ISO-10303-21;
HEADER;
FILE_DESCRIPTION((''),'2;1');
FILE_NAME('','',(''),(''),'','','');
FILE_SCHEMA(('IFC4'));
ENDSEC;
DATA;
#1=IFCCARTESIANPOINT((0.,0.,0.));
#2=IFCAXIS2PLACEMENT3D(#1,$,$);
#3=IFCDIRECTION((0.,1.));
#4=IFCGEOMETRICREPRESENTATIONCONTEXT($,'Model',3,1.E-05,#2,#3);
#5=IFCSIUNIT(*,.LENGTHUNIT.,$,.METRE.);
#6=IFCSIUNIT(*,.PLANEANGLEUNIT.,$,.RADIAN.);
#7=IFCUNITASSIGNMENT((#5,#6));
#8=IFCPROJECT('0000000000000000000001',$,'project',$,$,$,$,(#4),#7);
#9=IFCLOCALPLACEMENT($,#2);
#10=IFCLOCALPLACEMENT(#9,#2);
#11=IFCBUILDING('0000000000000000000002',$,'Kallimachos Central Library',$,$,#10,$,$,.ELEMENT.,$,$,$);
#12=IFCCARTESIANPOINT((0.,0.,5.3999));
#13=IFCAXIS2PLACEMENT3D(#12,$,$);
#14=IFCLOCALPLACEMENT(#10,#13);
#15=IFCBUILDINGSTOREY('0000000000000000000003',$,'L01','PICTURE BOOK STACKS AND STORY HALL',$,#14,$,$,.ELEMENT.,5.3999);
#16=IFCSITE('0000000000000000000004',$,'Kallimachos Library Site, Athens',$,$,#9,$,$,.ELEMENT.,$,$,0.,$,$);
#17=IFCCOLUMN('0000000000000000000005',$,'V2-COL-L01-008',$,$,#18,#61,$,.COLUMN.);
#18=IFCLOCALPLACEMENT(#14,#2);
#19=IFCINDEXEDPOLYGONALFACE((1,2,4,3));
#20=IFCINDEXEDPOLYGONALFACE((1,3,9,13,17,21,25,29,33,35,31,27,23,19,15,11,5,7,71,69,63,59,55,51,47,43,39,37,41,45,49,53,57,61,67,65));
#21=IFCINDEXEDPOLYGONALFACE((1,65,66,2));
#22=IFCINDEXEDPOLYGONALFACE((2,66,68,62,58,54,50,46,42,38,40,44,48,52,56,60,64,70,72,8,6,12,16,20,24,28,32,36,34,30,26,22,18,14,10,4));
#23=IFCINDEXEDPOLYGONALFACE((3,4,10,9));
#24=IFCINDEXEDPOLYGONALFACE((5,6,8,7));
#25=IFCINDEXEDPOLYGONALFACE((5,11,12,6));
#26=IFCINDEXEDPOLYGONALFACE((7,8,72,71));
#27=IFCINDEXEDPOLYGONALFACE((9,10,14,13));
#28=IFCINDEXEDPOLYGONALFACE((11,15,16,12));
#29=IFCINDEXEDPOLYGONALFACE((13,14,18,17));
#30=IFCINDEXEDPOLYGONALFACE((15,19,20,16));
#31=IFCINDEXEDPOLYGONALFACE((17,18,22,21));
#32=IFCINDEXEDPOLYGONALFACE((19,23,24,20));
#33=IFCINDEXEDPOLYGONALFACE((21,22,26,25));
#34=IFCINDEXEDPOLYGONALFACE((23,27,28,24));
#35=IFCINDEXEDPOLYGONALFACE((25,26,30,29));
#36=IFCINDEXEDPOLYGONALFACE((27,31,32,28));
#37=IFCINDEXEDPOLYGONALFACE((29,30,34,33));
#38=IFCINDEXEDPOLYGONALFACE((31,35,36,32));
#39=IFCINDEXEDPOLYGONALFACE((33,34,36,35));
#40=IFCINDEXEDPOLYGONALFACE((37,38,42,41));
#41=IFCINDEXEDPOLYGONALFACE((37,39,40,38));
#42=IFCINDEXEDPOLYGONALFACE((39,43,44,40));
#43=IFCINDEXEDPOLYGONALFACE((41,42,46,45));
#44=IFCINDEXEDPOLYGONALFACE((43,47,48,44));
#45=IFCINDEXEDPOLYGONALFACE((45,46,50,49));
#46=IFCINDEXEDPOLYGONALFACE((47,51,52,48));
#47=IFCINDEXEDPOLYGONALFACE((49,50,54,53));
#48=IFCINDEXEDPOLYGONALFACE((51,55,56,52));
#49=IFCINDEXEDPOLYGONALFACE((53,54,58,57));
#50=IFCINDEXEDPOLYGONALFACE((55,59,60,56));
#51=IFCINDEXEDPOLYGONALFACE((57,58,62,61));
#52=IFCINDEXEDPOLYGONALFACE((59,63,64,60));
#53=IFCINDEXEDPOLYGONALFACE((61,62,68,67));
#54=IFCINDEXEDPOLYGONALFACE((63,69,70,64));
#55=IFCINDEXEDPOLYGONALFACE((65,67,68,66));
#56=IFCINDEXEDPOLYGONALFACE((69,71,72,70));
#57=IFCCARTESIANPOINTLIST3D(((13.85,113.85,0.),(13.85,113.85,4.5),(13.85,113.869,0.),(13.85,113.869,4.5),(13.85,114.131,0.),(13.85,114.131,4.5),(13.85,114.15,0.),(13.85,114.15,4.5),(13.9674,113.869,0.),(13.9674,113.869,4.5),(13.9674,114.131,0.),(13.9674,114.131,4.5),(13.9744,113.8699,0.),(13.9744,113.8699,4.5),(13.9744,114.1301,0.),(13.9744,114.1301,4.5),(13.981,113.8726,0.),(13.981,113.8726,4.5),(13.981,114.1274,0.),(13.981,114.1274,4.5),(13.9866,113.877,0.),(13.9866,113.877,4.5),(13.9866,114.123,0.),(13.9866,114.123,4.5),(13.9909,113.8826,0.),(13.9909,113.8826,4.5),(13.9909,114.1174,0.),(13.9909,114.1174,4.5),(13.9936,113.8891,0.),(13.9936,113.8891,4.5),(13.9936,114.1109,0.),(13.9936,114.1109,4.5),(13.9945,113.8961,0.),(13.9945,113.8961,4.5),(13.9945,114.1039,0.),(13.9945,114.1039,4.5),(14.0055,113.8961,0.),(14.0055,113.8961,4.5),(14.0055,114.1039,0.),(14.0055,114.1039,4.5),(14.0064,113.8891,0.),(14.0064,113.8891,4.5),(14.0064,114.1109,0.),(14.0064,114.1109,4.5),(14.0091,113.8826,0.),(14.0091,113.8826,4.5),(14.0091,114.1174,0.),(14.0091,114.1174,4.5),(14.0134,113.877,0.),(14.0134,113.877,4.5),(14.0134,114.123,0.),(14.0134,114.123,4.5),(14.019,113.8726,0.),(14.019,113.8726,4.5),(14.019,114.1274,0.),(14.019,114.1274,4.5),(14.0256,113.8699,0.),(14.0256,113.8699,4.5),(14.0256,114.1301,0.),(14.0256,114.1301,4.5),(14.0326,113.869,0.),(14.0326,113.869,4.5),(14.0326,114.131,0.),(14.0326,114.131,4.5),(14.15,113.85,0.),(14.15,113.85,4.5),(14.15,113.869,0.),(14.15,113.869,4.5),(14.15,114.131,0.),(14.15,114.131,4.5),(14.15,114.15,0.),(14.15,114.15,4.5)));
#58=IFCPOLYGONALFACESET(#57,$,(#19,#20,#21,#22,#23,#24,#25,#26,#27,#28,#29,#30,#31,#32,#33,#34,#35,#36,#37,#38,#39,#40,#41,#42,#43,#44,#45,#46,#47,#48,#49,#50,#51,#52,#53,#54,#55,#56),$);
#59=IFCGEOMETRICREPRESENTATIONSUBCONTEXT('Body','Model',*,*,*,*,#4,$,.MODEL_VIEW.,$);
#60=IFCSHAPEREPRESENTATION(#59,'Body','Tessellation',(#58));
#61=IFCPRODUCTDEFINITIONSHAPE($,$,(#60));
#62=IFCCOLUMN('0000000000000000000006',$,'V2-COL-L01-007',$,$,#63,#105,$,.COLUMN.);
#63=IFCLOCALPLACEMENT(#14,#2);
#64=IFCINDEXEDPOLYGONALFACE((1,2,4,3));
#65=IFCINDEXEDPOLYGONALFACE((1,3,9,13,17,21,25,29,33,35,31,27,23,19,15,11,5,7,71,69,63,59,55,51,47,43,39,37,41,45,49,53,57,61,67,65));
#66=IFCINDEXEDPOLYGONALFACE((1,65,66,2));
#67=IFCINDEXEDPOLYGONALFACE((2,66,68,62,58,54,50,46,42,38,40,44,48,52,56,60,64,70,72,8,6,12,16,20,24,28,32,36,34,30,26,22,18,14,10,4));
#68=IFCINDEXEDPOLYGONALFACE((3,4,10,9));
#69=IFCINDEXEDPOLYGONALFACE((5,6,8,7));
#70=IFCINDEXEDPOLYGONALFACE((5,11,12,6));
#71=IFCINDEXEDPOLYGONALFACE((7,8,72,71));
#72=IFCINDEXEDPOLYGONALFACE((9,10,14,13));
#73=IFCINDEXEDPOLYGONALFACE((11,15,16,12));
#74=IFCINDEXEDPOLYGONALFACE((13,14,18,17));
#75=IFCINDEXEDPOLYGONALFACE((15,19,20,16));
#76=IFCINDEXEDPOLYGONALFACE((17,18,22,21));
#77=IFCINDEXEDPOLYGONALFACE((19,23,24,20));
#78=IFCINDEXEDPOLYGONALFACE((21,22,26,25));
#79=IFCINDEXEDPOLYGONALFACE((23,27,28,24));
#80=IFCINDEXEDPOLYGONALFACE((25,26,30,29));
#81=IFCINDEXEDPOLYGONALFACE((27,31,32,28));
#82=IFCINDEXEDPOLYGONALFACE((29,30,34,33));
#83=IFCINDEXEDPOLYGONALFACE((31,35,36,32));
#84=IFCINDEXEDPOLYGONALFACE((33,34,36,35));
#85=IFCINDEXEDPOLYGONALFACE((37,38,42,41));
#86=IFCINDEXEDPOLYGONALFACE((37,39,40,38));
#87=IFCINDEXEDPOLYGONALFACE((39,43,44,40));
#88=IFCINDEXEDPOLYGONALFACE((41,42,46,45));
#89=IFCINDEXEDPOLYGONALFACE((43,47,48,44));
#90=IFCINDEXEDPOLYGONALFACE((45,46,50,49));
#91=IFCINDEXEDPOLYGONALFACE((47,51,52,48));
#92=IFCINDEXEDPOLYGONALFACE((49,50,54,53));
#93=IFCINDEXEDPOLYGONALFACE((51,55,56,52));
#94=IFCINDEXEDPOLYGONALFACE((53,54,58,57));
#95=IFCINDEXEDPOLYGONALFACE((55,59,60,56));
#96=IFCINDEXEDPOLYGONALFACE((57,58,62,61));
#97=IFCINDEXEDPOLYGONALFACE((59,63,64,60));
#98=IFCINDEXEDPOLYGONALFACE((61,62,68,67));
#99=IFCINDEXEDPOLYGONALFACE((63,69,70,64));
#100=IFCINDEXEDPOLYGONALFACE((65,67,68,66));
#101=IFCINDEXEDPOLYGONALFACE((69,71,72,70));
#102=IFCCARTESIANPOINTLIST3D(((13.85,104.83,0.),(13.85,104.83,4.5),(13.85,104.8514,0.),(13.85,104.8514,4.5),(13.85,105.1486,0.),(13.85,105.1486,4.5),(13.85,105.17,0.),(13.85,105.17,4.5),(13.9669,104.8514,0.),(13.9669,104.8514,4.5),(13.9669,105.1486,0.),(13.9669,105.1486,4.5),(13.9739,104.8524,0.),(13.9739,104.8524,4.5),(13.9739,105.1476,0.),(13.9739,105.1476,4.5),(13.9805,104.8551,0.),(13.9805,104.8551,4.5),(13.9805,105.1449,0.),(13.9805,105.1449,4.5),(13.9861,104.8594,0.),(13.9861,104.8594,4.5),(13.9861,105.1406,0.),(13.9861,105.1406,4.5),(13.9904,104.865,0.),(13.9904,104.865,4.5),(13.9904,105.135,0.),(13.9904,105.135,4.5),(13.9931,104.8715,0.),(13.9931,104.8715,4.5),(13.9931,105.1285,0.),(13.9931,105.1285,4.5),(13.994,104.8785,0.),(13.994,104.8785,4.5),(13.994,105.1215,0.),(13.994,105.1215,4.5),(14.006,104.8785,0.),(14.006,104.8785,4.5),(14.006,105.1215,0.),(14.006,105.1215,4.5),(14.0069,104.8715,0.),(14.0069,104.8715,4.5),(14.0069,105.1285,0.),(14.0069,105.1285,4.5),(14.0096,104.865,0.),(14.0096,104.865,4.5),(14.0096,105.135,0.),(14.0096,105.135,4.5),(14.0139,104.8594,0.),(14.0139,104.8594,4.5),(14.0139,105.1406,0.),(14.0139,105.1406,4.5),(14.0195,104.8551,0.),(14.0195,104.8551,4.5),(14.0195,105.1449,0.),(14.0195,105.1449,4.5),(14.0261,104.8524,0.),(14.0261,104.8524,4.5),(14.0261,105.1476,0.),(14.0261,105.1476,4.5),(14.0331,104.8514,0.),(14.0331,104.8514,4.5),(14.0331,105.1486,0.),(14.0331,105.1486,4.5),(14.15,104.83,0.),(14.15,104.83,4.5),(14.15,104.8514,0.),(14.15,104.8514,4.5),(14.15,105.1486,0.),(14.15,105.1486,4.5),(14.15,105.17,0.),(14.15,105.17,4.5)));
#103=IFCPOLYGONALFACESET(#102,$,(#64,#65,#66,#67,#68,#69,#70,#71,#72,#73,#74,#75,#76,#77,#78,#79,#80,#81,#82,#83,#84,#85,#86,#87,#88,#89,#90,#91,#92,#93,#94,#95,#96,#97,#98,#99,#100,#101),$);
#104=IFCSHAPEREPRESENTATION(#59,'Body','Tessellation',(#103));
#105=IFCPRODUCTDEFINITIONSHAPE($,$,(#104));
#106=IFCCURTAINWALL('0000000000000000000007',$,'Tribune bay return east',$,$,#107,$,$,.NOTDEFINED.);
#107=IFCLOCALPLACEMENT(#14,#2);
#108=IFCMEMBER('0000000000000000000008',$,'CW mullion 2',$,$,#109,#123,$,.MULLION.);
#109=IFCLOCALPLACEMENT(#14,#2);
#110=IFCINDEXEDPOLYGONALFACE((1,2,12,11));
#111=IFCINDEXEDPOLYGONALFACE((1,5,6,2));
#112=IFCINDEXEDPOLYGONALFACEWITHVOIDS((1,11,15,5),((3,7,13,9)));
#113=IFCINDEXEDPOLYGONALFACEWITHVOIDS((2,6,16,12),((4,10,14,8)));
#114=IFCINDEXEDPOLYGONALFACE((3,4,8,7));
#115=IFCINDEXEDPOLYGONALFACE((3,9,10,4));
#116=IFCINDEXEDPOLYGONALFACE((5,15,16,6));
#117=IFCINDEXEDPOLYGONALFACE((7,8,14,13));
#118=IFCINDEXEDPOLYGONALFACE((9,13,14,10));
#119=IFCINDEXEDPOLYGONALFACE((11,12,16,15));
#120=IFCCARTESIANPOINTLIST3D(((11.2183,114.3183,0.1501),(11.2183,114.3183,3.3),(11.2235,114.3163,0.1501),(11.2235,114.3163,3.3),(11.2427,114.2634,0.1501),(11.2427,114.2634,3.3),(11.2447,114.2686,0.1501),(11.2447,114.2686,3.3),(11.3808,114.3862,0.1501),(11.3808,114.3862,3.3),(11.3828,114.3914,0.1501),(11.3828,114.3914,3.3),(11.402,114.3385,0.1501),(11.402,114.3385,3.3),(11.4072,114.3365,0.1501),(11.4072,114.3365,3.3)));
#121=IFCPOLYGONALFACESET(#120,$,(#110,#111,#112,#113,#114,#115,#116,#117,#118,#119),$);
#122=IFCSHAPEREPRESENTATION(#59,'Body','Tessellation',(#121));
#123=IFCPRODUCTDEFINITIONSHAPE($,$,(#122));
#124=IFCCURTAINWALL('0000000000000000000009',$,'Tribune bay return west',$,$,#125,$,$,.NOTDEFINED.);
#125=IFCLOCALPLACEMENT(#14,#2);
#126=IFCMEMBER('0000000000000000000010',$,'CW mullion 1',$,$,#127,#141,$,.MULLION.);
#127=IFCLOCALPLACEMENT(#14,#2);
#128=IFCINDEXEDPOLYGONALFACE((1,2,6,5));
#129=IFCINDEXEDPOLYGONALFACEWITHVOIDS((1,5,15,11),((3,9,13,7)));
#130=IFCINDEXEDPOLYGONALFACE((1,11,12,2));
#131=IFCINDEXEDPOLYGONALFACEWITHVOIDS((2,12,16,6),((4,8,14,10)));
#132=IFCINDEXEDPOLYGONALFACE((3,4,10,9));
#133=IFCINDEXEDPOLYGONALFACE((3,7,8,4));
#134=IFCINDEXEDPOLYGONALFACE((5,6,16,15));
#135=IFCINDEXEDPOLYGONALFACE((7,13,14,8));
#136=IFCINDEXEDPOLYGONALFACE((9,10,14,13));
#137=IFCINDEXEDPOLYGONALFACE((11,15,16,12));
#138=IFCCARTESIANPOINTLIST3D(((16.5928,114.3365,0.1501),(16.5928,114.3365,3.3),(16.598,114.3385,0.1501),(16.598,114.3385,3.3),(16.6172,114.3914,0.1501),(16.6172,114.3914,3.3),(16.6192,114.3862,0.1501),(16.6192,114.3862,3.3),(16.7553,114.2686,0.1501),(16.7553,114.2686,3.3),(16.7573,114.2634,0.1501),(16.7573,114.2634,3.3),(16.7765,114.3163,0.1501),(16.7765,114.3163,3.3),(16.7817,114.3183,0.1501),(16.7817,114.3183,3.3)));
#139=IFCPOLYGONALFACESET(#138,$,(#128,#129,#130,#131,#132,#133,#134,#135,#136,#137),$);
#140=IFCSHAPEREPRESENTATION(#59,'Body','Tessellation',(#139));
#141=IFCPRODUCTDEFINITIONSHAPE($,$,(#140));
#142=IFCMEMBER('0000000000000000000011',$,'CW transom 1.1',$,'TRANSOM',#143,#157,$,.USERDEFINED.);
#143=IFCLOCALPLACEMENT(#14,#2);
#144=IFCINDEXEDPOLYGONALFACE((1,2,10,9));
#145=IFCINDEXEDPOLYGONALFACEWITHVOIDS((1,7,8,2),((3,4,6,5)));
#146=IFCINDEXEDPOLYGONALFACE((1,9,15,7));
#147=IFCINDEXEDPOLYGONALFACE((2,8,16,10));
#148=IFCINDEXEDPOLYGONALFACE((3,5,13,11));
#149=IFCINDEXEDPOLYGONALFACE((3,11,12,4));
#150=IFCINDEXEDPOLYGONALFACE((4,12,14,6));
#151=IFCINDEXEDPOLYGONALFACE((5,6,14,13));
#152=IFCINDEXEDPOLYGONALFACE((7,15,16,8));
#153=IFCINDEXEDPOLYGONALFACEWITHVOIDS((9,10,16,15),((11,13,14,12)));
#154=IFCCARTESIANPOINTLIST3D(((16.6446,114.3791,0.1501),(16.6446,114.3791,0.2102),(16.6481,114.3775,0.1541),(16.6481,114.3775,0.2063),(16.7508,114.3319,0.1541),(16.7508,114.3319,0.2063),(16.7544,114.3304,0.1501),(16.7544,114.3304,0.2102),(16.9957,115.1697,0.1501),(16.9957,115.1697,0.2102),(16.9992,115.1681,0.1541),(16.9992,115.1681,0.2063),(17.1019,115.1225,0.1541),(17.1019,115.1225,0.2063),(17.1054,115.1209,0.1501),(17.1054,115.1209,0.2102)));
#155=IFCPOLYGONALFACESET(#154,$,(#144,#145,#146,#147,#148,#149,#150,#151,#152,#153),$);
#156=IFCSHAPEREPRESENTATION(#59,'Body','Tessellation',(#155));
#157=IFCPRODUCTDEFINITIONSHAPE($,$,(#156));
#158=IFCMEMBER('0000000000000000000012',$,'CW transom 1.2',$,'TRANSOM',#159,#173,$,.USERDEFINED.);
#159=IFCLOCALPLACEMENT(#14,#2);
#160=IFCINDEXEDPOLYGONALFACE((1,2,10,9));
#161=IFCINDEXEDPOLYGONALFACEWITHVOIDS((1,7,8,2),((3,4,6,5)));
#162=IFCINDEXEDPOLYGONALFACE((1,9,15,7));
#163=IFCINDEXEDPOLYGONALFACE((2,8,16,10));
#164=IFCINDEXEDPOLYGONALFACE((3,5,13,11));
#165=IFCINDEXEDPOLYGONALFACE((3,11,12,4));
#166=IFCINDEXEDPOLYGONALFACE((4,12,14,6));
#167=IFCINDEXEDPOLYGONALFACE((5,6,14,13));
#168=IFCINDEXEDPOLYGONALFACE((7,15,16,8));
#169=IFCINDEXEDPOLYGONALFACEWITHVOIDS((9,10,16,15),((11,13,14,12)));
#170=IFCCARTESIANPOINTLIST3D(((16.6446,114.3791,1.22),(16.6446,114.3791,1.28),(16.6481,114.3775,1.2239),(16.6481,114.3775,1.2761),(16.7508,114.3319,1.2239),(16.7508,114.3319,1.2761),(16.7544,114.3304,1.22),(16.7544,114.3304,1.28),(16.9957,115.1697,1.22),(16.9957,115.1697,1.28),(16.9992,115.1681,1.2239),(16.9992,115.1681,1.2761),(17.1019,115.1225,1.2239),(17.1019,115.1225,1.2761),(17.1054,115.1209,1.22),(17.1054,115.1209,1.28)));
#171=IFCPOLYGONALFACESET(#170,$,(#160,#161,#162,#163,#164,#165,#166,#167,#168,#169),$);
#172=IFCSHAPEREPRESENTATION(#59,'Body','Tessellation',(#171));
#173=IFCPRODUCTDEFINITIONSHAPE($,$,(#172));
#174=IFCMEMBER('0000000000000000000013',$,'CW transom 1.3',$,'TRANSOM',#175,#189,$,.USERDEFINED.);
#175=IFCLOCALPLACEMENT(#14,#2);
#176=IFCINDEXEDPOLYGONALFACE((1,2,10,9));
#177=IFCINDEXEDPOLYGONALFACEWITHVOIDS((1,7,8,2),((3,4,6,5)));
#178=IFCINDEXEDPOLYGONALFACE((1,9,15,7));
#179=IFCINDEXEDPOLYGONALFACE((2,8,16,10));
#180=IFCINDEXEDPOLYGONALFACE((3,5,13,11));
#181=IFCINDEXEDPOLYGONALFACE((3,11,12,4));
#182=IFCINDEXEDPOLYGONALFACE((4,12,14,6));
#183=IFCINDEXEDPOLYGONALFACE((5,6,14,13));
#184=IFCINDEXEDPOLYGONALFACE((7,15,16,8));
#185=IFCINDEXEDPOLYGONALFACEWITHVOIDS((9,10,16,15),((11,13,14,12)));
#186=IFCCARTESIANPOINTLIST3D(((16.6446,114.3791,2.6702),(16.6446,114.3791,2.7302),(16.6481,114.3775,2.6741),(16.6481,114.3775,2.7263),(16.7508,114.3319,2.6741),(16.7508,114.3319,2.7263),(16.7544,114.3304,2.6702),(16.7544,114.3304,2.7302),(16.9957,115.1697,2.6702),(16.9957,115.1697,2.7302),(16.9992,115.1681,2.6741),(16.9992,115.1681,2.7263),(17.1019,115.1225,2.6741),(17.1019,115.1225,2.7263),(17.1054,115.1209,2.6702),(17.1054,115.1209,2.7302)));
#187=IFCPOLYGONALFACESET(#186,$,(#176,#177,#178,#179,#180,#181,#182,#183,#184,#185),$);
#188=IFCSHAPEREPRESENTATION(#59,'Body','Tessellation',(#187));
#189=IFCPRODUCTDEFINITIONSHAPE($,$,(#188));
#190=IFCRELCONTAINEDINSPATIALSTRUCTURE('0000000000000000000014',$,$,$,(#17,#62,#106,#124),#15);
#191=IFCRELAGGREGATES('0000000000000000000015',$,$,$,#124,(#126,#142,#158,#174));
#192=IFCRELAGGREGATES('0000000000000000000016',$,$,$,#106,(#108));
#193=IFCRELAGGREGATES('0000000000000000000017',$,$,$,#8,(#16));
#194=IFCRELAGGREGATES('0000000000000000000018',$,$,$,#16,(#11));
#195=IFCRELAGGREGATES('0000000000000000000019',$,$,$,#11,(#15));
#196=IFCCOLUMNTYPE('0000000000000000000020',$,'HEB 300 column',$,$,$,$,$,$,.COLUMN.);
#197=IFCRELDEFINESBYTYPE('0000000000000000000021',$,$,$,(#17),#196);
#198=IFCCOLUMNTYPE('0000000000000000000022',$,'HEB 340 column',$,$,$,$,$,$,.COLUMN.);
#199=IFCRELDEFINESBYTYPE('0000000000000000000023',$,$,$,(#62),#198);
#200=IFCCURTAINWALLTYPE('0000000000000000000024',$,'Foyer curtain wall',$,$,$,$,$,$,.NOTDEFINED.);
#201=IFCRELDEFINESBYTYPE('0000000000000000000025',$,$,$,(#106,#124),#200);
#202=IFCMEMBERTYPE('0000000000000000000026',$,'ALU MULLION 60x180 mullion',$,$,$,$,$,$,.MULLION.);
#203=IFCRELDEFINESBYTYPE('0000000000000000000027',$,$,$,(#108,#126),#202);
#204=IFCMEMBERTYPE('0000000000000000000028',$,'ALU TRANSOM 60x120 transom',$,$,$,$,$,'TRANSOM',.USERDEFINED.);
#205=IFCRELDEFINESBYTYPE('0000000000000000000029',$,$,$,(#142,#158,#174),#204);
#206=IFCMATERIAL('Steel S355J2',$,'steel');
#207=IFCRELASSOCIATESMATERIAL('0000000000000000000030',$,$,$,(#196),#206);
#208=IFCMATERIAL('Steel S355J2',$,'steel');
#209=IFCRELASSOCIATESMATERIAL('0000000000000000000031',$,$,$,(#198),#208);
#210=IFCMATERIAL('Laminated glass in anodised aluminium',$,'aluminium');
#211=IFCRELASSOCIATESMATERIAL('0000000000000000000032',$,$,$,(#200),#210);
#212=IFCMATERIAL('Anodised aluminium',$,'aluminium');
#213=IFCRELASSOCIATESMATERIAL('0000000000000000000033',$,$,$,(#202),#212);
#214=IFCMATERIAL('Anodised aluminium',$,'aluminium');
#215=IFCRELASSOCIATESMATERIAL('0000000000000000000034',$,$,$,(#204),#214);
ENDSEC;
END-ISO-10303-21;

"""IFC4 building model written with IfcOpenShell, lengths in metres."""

from ifc_helpers import new_model, si_unit, direction, frame, origin, origin_2d, place, context, subcontext, project, spatial, hollow_rectangle, i_section, extrude, material, material_profile, profile_set, type_object, element, aggregate, save


model = new_model("IFC4")

# Units and contexts
model_context = context("Model", 3, precision=1e-05, world=origin(), true_north=direction((0.0, 1.0)))
body_context = subcontext(model_context, "Body", "Model", "MODEL_VIEW")
ifc_project = project(units=[si_unit("LENGTHUNIT", "METRE"), si_unit("PLANEANGLEUNIT", "RADIAN")], contexts=[model_context])

# Site, building, storey
site_placement = place(None, origin())
site = spatial("IfcSite", under=ifc_project, at=site_placement, Name="Kallimachos Library Site, Athens", CompositionType="ELEMENT", RefElevation=0.0)
building_placement = place(site_placement, origin())
building = spatial("IfcBuilding", under=site, at=building_placement, Name="Kallimachos Central Library", CompositionType="ELEMENT")
storey_placement = place(building_placement, frame((0.0, 0.0, 5.3999)))
storey = spatial("IfcBuildingStorey", under=building, at=storey_placement, Name="L01", Description="PICTURE BOOK STACKS AND STORY HALL", CompositionType="ELEMENT", Elevation=5.3999)

# Columns
ifc_material_1 = material(Name="Steel S355J2", Category="steel")
ifc_material_profile_1 = material_profile(ifc_material_1, i_section(OverallWidth=0.3, OverallDepth=0.3, WebThickness=0.011, FlangeThickness=0.019, FilletRadius=0.0271, at=origin_2d()), Name="HEB 300")
ifc_profile_set_1 = profile_set([ifc_material_profile_1], Name="Steel S355J2")
column_type_1 = type_object("IfcColumnType", Name="HEB 300 column", PredefinedType="COLUMN", material=ifc_profile_set_1)
column_1_placement = place(storey_placement, frame((14.0, 114.0, 0.0), z_axis=(0.0, 0.0, 1.0), x_axis=(1.0, 0.0, 0.0)))
element("IfcColumn", 1, at=column_1_placement, inside=storey, type_object=column_type_1, Name="V2-COL-L01-008", PredefinedType="COLUMN", context=body_context, shape_type="SweptSolid", body=[
    extrude(i_section(OverallWidth=0.3, OverallDepth=0.3, WebThickness=0.011, FlangeThickness=0.019, FilletRadius=0.0271, at=origin_2d()), origin(), (0.0, 0.0, 1.0), 4.5),
])
ifc_material_2 = material(Name="Steel S355J2", Category="steel")
ifc_material_profile_2 = material_profile(ifc_material_2, i_section(OverallWidth=0.3, OverallDepth=0.3401, WebThickness=0.012, FlangeThickness=0.0215, FilletRadius=0.0271, at=origin_2d()), Name="HEB 340")
ifc_profile_set_2 = profile_set([ifc_material_profile_2], Name="Steel S355J2")
column_type_2 = type_object("IfcColumnType", Name="HEB 340 column", PredefinedType="COLUMN", material=ifc_profile_set_2)
column_2_placement = place(storey_placement, frame((14.0, 105.0, 0.0), z_axis=(0.0, 0.0, 1.0), x_axis=(1.0, 0.0, 0.0)))
element("IfcColumn", 2, at=column_2_placement, inside=storey, type_object=column_type_2, Name="V2-COL-L01-007", PredefinedType="COLUMN", context=body_context, shape_type="SweptSolid", body=[
    extrude(i_section(OverallWidth=0.3, OverallDepth=0.3401, WebThickness=0.012, FlangeThickness=0.0215, FilletRadius=0.0271, at=origin_2d()), origin(), (0.0, 0.0, 1.0), 4.5),
])

# Curtain wall, member
ifc_material_3 = material(Name="Laminated glass in anodised aluminium", Category="aluminium")
curtain_wall_type = type_object("IfcCurtainWallType", Name="Foyer curtain wall", PredefinedType="NOTDEFINED", material=ifc_material_3)
curtain_wall_1_placement = place(storey_placement, origin())
curtain_wall_1 = element("IfcCurtainWall", 3, at=curtain_wall_1_placement, inside=storey, type_object=curtain_wall_type, Name="Tribune bay return east", PredefinedType="NOTDEFINED")
ifc_material_4 = material(Name="Anodised aluminium", Category="aluminium")
ifc_material_profile_3 = material_profile(ifc_material_4, hollow_rectangle(XDim=0.0601, YDim=0.1799, WallThickness=0.0039, at=origin_2d()), Name="ALU MULLION 60x180")
ifc_profile_set_3 = profile_set([ifc_material_profile_3], Name="Anodised aluminium")
member_type_1 = type_object("IfcMemberType", Name="ALU MULLION 60x180 mullion", PredefinedType="MULLION", material=ifc_profile_set_3)
member_1_placement = place(storey_placement, frame((11.3127, 114.3274, 0.1501), z_axis=(0.0, 0.0, 1.0), x_axis=(0.406138, -0.913812, 0.0)))
member_1 = element("IfcMember", 4, at=member_1_placement, type_object=member_type_1, Name="CW mullion 2", PredefinedType="MULLION", context=body_context, shape_type="SweptSolid", body=[
    extrude(hollow_rectangle(XDim=0.0601, YDim=0.1799, WallThickness=0.0039, at=origin_2d()), origin(), (0.0, 0.0, 1.0), 3.1499),
])

# Curtain wall, members
curtain_wall_2_placement = place(storey_placement, origin())
curtain_wall_2 = element("IfcCurtainWall", 5, at=curtain_wall_2_placement, inside=storey, type_object=curtain_wall_type, Name="Tribune bay return west", PredefinedType="NOTDEFINED")
member_2_placement = place(storey_placement, frame((16.6873, 114.3274, 0.1501), z_axis=(0.0, 0.0, 1.0), x_axis=(0.406138, 0.913812, 0.0)))
member_2 = element("IfcMember", 6, at=member_2_placement, type_object=member_type_1, Name="CW mullion 1", PredefinedType="MULLION", context=body_context, shape_type="SweptSolid", body=[
    extrude(hollow_rectangle(XDim=0.0601, YDim=0.1799, WallThickness=0.0039, at=origin_2d()), origin(), (0.0, 0.0, 1.0), 3.1499),
])
ifc_material_5 = material(Name="Anodised aluminium", Category="aluminium")
ifc_material_profile_4 = material_profile(ifc_material_5, hollow_rectangle(XDim=0.0601, YDim=0.1201, WallThickness=0.0039, at=origin_2d()), Name="ALU TRANSOM 60x120")
ifc_profile_set_4 = profile_set([ifc_material_profile_4], Name="Anodised aluminium")
member_type_2 = type_object("IfcMemberType", Name="ALU TRANSOM 60x120 transom", ElementType="TRANSOM", PredefinedType="USERDEFINED", material=ifc_profile_set_4)
member_3_placement = place(storey_placement, frame((16.6995, 114.3547, 0.1802), z_axis=(0.405877, 0.913928, 0.0), x_axis=(0.0, 0.0, 1.0)))
member_3 = element("IfcMember", 7, at=member_3_placement, type_object=member_type_2, Name="CW transom 1.1", ObjectType="TRANSOM", PredefinedType="USERDEFINED", context=body_context, shape_type="SweptSolid", body=[
    extrude(hollow_rectangle(XDim=0.0601, YDim=0.1201, WallThickness=0.0039, at=origin_2d()), origin(), (0.0, 0.0, 1.0), 0.865),
])
member_4_placement = place(storey_placement, frame((16.6995, 114.3547, 1.25), z_axis=(0.405877, 0.913928, 0.0), x_axis=(0.0, 0.0, 1.0)))
member_4 = element("IfcMember", 8, at=member_4_placement, type_object=member_type_2, Name="CW transom 1.2", ObjectType="TRANSOM", PredefinedType="USERDEFINED", context=body_context, shape_type="SweptSolid", body=[
    extrude(hollow_rectangle(XDim=0.0601, YDim=0.1201, WallThickness=0.0039, at=origin_2d()), origin(), (0.0, 0.0, 1.0), 0.865),
])
member_5_placement = place(storey_placement, frame((16.6995, 114.3547, 2.7002), z_axis=(0.405877, 0.913928, 0.0), x_axis=(0.0, 0.0, 1.0)))
member_5 = element("IfcMember", 9, at=member_5_placement, type_object=member_type_2, Name="CW transom 1.3", ObjectType="TRANSOM", PredefinedType="USERDEFINED", context=body_context, shape_type="SweptSolid", body=[
    extrude(hollow_rectangle(XDim=0.0601, YDim=0.1201, WallThickness=0.0039, at=origin_2d()), origin(), (0.0, 0.0, 1.0), 0.865),
])
aggregate(curtain_wall_2, [member_2, member_3, member_4, member_5])

aggregate(curtain_wall_1, [member_1])

save(model, "model.ifc")
